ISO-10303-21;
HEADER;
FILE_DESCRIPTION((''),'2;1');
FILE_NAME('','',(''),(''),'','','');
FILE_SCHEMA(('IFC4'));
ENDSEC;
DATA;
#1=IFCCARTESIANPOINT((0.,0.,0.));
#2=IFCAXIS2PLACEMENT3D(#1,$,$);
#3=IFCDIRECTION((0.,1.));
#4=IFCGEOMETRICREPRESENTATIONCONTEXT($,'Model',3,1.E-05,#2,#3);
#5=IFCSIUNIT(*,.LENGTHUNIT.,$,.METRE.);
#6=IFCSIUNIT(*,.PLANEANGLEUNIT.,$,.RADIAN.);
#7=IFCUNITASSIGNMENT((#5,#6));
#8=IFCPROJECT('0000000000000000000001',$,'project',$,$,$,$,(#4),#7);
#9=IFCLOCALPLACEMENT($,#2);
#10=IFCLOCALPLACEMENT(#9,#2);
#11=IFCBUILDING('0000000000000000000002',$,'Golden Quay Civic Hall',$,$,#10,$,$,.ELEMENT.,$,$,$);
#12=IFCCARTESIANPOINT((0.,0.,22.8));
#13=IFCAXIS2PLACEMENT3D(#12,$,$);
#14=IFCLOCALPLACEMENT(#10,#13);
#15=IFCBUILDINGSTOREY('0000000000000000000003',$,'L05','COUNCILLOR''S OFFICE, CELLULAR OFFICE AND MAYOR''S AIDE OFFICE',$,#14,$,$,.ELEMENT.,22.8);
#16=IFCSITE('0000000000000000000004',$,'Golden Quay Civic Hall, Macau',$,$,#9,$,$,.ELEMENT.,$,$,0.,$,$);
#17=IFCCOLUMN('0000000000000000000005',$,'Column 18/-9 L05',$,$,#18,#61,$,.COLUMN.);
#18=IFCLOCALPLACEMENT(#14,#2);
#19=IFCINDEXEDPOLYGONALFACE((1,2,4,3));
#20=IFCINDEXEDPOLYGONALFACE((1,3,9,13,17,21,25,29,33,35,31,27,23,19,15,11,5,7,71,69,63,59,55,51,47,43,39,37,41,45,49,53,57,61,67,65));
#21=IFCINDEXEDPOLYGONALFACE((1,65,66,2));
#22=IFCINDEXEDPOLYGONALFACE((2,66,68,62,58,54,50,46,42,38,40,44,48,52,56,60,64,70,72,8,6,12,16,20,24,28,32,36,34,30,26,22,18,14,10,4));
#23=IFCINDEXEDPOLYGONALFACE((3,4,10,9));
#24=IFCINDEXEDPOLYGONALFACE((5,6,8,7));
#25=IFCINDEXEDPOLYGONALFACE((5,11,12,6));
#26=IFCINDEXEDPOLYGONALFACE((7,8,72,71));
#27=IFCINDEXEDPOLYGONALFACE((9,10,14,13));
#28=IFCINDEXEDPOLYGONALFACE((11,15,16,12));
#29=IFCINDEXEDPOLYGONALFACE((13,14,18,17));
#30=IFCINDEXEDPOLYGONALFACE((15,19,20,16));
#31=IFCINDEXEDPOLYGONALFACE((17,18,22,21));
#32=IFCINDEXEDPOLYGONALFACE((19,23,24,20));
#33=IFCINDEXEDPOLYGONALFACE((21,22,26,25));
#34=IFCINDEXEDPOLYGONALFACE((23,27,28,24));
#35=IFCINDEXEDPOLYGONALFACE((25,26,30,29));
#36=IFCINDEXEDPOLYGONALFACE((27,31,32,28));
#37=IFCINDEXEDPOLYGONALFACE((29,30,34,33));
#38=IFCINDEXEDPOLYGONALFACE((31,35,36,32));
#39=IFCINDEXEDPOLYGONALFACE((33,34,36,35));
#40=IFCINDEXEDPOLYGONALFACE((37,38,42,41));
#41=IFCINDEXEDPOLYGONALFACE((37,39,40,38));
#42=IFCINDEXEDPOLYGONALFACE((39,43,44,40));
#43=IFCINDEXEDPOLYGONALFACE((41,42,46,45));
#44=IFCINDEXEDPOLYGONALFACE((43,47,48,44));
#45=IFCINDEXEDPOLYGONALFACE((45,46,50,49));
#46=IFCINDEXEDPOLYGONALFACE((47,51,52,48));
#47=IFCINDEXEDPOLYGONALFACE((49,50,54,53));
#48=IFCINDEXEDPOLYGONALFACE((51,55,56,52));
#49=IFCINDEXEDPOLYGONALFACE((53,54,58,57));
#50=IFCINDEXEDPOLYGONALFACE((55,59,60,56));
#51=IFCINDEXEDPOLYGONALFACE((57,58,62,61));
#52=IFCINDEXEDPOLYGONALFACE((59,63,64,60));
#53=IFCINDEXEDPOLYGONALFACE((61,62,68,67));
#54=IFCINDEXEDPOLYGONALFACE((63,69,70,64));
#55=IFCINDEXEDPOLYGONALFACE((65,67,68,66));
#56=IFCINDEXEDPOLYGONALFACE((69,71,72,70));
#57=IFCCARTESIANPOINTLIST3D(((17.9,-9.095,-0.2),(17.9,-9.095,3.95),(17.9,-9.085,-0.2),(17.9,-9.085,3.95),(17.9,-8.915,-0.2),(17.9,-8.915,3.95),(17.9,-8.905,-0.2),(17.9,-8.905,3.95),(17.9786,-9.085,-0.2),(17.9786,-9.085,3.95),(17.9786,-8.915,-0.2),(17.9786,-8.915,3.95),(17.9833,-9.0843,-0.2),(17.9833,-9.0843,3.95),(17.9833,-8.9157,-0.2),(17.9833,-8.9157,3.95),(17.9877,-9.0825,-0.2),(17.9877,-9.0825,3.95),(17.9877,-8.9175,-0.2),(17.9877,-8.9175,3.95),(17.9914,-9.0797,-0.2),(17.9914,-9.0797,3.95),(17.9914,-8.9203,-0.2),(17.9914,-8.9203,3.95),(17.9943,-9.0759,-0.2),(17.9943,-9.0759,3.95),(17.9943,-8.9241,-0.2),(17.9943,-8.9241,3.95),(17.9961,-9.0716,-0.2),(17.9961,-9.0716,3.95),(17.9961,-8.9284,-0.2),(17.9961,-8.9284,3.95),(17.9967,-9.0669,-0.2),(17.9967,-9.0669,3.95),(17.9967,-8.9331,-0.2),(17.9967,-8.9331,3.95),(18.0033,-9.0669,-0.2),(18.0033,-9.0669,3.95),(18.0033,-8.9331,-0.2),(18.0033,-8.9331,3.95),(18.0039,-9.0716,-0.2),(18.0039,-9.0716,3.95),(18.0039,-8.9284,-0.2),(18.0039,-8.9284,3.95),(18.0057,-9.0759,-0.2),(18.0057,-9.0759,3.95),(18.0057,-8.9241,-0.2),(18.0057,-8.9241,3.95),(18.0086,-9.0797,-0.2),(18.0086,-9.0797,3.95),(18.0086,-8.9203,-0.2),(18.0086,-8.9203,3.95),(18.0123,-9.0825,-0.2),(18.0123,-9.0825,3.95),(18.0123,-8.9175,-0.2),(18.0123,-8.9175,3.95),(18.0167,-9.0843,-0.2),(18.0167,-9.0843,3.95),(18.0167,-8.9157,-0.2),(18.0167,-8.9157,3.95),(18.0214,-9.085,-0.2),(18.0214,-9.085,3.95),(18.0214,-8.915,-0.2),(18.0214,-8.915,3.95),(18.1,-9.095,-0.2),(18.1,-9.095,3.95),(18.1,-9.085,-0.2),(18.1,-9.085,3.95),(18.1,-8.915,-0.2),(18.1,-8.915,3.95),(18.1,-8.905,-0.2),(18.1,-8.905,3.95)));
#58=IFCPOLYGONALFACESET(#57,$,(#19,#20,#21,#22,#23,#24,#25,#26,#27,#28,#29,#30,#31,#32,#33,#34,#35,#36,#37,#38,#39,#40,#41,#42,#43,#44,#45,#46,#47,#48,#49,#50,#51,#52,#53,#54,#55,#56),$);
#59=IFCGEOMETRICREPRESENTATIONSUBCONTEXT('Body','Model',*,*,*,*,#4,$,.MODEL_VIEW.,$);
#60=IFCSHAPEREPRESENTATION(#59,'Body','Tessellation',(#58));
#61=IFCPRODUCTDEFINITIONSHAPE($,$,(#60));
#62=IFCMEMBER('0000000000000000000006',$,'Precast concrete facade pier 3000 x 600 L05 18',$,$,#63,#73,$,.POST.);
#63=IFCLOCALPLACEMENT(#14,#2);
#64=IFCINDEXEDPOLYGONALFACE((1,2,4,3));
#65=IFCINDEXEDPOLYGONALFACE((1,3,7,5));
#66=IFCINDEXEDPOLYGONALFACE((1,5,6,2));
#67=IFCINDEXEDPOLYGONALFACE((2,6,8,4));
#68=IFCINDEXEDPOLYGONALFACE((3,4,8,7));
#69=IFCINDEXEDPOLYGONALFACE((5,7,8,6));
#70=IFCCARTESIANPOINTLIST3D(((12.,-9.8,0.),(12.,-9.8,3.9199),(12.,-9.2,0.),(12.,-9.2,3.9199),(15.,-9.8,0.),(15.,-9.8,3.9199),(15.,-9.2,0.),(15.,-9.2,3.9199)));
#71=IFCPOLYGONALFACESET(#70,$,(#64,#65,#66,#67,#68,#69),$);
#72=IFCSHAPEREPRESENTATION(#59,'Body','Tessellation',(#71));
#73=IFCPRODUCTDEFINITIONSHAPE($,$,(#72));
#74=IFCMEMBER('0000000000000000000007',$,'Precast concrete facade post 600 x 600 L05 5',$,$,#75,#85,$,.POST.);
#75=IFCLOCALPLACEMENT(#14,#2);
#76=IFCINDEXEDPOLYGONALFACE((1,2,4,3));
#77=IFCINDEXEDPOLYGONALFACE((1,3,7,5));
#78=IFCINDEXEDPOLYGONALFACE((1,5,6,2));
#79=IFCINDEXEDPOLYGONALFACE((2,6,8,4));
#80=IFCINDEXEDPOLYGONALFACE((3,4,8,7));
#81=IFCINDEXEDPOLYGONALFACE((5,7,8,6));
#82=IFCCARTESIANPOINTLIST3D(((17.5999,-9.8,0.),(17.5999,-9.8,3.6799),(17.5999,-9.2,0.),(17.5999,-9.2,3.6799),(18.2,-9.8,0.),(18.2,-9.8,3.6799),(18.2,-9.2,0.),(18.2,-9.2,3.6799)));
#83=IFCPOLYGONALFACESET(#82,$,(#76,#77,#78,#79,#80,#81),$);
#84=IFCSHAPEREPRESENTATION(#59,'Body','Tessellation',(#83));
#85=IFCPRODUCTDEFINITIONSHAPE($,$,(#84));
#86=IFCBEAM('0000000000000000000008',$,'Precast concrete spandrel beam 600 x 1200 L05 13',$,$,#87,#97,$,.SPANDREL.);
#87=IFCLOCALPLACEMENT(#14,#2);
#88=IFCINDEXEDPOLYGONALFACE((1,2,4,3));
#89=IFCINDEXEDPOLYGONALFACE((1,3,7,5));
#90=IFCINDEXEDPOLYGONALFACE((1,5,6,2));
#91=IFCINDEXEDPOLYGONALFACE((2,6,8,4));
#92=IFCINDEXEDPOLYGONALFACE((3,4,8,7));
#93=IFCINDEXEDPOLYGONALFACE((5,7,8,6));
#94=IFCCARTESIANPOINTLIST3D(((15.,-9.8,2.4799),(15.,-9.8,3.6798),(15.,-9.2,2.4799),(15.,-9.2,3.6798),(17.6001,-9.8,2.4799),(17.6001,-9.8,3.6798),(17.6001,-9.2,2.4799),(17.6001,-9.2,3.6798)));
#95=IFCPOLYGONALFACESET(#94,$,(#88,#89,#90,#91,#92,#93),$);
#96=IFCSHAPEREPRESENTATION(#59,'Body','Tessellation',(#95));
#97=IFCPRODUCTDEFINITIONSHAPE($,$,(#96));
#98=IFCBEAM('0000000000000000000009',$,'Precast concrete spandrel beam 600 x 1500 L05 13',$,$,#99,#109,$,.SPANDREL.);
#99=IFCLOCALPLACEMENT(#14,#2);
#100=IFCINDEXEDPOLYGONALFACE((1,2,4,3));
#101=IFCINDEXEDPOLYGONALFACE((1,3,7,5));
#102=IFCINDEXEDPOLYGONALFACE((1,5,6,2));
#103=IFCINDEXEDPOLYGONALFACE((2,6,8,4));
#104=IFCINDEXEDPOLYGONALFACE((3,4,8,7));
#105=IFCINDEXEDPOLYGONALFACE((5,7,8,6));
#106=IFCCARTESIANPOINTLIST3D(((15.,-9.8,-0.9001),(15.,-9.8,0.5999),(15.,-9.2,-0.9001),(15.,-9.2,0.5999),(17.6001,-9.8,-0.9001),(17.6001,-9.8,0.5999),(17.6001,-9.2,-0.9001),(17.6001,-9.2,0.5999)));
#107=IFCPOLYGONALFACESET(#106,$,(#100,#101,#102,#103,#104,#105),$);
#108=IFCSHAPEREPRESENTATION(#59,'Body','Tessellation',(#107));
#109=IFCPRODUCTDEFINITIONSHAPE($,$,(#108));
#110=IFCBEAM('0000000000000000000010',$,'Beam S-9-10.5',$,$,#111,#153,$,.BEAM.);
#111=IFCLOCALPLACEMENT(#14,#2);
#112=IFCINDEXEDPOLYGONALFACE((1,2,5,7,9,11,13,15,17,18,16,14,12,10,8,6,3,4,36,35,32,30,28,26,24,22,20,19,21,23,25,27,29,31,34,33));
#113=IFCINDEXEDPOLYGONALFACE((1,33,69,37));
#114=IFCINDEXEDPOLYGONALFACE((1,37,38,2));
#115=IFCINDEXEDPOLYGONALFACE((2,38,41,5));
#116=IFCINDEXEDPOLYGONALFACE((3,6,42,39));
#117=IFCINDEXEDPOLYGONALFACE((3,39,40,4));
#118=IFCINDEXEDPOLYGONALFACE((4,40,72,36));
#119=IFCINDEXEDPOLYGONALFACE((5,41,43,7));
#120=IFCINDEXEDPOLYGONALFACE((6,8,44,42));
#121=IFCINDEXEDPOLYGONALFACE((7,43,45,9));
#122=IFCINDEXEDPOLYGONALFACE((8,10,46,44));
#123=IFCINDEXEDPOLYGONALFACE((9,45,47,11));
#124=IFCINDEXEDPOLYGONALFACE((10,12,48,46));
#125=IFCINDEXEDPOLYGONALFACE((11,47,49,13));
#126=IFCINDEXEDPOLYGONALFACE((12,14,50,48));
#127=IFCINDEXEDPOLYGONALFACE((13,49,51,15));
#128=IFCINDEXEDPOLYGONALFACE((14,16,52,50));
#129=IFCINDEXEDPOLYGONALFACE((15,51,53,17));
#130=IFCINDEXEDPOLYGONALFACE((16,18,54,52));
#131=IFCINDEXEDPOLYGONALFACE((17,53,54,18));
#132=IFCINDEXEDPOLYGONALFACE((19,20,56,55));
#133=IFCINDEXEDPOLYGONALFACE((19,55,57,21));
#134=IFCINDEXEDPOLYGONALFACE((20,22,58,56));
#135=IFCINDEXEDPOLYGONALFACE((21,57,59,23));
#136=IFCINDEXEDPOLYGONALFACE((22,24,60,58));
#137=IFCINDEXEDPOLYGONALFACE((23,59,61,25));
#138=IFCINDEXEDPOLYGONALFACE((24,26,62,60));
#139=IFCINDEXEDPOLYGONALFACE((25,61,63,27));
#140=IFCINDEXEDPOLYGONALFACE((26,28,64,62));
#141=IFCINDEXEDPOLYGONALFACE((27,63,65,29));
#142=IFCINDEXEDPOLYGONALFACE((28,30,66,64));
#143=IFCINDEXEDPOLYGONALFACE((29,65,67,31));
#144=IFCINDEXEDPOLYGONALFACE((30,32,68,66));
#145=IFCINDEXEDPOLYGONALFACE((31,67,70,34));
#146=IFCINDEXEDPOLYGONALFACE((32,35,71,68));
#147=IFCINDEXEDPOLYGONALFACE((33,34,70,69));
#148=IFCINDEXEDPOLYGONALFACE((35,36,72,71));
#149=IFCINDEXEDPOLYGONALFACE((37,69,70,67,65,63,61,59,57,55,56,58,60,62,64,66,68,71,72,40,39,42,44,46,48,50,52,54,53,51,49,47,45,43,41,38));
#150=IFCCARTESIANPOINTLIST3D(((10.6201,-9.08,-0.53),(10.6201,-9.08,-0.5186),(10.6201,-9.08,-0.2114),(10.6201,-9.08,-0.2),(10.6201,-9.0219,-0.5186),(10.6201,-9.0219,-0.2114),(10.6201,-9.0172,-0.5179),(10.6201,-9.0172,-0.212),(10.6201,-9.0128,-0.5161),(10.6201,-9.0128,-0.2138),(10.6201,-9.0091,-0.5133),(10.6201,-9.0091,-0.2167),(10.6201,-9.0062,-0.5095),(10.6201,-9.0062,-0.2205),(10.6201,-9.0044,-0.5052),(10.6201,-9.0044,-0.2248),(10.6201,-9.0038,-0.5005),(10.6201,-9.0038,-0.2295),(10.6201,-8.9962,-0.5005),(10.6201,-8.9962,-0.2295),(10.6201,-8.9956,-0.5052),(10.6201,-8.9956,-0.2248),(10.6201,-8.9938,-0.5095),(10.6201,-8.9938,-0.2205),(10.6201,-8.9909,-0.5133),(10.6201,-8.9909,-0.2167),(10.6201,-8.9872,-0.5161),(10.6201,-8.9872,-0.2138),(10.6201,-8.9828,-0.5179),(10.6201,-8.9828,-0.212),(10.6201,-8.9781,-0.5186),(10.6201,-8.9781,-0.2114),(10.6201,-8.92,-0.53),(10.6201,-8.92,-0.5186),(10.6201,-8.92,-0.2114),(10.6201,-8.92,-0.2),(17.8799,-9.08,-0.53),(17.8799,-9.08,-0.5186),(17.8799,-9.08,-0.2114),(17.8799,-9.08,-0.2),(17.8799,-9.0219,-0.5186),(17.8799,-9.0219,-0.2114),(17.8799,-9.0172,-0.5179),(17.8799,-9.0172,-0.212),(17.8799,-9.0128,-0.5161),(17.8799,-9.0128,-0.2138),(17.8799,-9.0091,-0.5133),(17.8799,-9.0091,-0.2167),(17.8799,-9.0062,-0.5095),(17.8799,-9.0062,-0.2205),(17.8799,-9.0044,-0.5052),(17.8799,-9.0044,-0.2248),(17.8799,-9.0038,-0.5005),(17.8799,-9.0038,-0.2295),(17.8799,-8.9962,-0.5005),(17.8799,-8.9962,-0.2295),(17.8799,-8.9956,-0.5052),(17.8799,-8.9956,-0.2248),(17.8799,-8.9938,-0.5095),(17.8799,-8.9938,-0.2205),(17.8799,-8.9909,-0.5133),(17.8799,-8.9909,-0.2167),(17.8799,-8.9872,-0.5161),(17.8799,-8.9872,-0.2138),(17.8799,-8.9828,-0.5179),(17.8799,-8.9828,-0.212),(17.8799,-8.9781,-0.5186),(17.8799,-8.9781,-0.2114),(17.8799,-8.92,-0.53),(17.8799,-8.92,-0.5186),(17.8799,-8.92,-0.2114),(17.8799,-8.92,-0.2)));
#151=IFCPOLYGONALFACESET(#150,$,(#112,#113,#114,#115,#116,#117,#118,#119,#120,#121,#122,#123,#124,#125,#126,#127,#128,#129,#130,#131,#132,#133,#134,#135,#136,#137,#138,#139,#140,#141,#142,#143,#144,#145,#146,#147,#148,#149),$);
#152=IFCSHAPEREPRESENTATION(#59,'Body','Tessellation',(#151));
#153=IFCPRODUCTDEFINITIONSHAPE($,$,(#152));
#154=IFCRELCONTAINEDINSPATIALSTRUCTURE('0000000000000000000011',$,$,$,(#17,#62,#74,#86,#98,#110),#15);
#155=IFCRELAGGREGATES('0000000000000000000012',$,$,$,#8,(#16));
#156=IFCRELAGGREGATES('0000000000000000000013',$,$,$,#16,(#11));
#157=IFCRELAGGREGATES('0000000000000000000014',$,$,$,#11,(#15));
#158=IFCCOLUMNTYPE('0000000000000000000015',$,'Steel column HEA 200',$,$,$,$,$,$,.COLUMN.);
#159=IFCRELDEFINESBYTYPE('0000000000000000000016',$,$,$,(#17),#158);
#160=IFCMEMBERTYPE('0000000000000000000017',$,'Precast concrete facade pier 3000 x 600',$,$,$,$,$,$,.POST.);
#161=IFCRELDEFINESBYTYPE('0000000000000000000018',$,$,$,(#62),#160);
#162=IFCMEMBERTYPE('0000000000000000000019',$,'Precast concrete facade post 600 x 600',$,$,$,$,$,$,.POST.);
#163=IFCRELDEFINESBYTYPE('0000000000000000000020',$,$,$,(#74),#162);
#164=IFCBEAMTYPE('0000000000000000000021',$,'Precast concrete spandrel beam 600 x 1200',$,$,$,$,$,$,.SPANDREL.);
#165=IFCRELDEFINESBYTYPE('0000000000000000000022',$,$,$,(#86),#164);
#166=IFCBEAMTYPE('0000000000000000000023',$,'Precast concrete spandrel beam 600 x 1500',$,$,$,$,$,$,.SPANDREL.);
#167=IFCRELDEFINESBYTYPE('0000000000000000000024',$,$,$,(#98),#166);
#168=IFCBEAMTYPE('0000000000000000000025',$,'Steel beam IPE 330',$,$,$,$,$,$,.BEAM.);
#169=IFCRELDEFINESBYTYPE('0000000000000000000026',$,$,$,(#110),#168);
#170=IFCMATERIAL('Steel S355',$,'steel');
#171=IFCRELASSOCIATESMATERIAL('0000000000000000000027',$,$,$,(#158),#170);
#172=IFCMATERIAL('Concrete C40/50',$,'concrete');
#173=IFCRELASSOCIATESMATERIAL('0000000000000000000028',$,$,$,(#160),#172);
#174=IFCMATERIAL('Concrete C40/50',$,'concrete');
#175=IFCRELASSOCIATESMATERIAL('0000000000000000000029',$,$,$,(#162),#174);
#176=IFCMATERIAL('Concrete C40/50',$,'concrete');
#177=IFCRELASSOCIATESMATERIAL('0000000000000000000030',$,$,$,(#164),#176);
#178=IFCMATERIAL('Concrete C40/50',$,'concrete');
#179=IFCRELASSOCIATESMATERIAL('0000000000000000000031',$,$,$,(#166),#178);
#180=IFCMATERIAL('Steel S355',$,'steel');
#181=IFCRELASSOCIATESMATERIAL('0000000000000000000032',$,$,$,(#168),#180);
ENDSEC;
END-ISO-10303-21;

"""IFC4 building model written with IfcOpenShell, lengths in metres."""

from ifc_helpers import new_model, si_unit, direction, frame, origin, origin_2d, place, context, subcontext, project, spatial, rectangle, i_section, extrude, material, material_profile, profile_set, type_object, element, save


model = new_model("IFC4")

# Units and contexts
model_context = context("Model", 3, precision=1e-05, world=origin(), true_north=direction((0.0, 1.0)))
body_context = subcontext(model_context, "Body", "Model", "MODEL_VIEW")
ifc_project = project(units=[si_unit("LENGTHUNIT", "METRE"), si_unit("PLANEANGLEUNIT", "RADIAN")], contexts=[model_context])

# Site, building, storey
site_placement = place(None, origin())
site = spatial("IfcSite", under=ifc_project, at=site_placement, Name="Golden Quay Civic Hall, Macau", CompositionType="ELEMENT", RefElevation=0.0)
building_placement = place(site_placement, origin())
building = spatial("IfcBuilding", under=site, at=building_placement, Name="Golden Quay Civic Hall", CompositionType="ELEMENT")
storey_placement = place(building_placement, frame((0.0, 0.0, 22.8)))
storey = spatial("IfcBuildingStorey", under=building, at=storey_placement, Name="L05", Description="COUNCILLOR'S OFFICE, CELLULAR OFFICE AND MAYOR'S AIDE OFFICE", CompositionType="ELEMENT", Elevation=22.8)

# Column
ifc_material_1 = material(Name="Steel S355", Category="steel")
ifc_material_profile_1 = material_profile(ifc_material_1, i_section(OverallWidth=0.2, OverallDepth=0.1899, WebThickness=0.0066, FlangeThickness=0.01, FilletRadius=0.0181, at=origin_2d()), Name="HEA 200")
ifc_profile_set_1 = profile_set([ifc_material_profile_1], Name="Steel S355")
column_type = type_object("IfcColumnType", Name="Steel column HEA 200", PredefinedType="COLUMN", material=ifc_profile_set_1)
column_placement = place(storey_placement, frame((18.0, -9.0, -0.2), z_axis=(0.0, 0.0, 1.0), x_axis=(1.0, 0.0, 0.0)))
element("IfcColumn", 1, at=column_placement, inside=storey, type_object=column_type, Name="Column 18/-9 L05", PredefinedType="COLUMN", context=body_context, shape_type="SweptSolid", body=[
    extrude(i_section(OverallWidth=0.2, OverallDepth=0.1899, WebThickness=0.0066, FlangeThickness=0.01, FilletRadius=0.0181, at=origin_2d()), origin(), (0.0, 0.0, 1.0), 4.1499),
])

# Members
ifc_material_2 = material(Name="Concrete C40/50", Category="concrete")
ifc_material_profile_2 = material_profile(ifc_material_2, rectangle(XDim=3.0, YDim=0.6001, at=origin_2d()), Name="RC 3000x600")
ifc_profile_set_2 = profile_set([ifc_material_profile_2], Name="Concrete C40/50")
member_type_1 = type_object("IfcMemberType", Name="Precast concrete facade pier 3000 x 600", PredefinedType="POST", material=ifc_profile_set_2)
member_1_placement = place(storey_placement, frame((13.5, -9.5, 0.0), z_axis=(0.0, 0.0, 1.0), x_axis=(1.0, 0.0, 0.0)))
element("IfcMember", 2, at=member_1_placement, inside=storey, type_object=member_type_1, Name="Precast concrete facade pier 3000 x 600 L05 18", PredefinedType="POST", context=body_context, shape_type="SweptSolid", body=[
    extrude(rectangle(XDim=3.0, YDim=0.6001, at=origin_2d()), origin(), (0.0, 0.0, 1.0), 3.9199),
])
ifc_material_3 = material(Name="Concrete C40/50", Category="concrete")
ifc_material_profile_3 = material_profile(ifc_material_3, rectangle(XDim=0.6001, YDim=0.6001, at=origin_2d()), Name="RC 600x600")
ifc_profile_set_3 = profile_set([ifc_material_profile_3], Name="Concrete C40/50")
member_type_2 = type_object("IfcMemberType", Name="Precast concrete facade post 600 x 600", PredefinedType="POST", material=ifc_profile_set_3)
member_2_placement = place(storey_placement, frame((17.8999, -9.5, 0.0), z_axis=(0.0, 0.0, 1.0), x_axis=(1.0, 0.0, 0.0)))
element("IfcMember", 3, at=member_2_placement, inside=storey, type_object=member_type_2, Name="Precast concrete facade post 600 x 600 L05 5", PredefinedType="POST", context=body_context, shape_type="SweptSolid", body=[
    extrude(rectangle(XDim=0.6001, YDim=0.6001, at=origin_2d()), origin(), (0.0, 0.0, 1.0), 3.6799),
])

# Beams
ifc_material_4 = material(Name="Concrete C40/50", Category="concrete")
ifc_material_profile_4 = material_profile(ifc_material_4, rectangle(XDim=0.6001, YDim=1.2, at=origin_2d()), Name="RC 600x1200")
ifc_profile_set_4 = profile_set([ifc_material_profile_4], Name="Concrete C40/50")
beam_type_1 = type_object("IfcBeamType", Name="Precast concrete spandrel beam 600 x 1200", PredefinedType="SPANDREL", material=ifc_profile_set_4)
beam_1_placement = place(storey_placement, frame((15.0, -9.5, 3.0798), z_axis=(1.0, 0.0, 0.0), x_axis=(0.0, 1.0, 0.0)))
element("IfcBeam", 4, at=beam_1_placement, inside=storey, type_object=beam_type_1, Name="Precast concrete spandrel beam 600 x 1200 L05 13", PredefinedType="SPANDREL", context=body_context, shape_type="SweptSolid", body=[
    extrude(rectangle(XDim=0.6001, YDim=1.2, at=origin_2d()), origin(), (0.0, 0.0, 1.0), 2.6001),
])
ifc_material_5 = material(Name="Concrete C40/50", Category="concrete")
ifc_material_profile_5 = material_profile(ifc_material_5, rectangle(XDim=0.6001, YDim=1.5, at=origin_2d()), Name="RC 600x1500")
ifc_profile_set_5 = profile_set([ifc_material_profile_5], Name="Concrete C40/50")
beam_type_2 = type_object("IfcBeamType", Name="Precast concrete spandrel beam 600 x 1500", PredefinedType="SPANDREL", material=ifc_profile_set_5)
beam_2_placement = place(storey_placement, frame((15.0, -9.5, -0.1501), z_axis=(1.0, 0.0, 0.0), x_axis=(0.0, 1.0, 0.0)))
element("IfcBeam", 5, at=beam_2_placement, inside=storey, type_object=beam_type_2, Name="Precast concrete spandrel beam 600 x 1500 L05 13", PredefinedType="SPANDREL", context=body_context, shape_type="SweptSolid", body=[
    extrude(rectangle(XDim=0.6001, YDim=1.5, at=origin_2d()), origin(), (0.0, 0.0, 1.0), 2.6001),
])
ifc_material_6 = material(Name="Steel S355", Category="steel")
ifc_material_profile_6 = material_profile(ifc_material_6, i_section(OverallWidth=0.1599, OverallDepth=0.3301, WebThickness=0.0076, FlangeThickness=0.0115, FilletRadius=0.0181, at=origin_2d()), Name="IPE 330")
ifc_profile_set_6 = profile_set([ifc_material_profile_6], Name="Steel S355")
beam_type_3 = type_object("IfcBeamType", Name="Steel beam IPE 330", PredefinedType="BEAM", material=ifc_profile_set_6)
beam_3_placement = place(storey_placement, frame((10.6201, -9.0, -0.365), z_axis=(1.0, 0.0, 0.0), x_axis=(0.0, 1.0, 0.0)))
element("IfcBeam", 6, at=beam_3_placement, inside=storey, type_object=beam_type_3, Name="Beam S-9-10.5", PredefinedType="BEAM", context=body_context, shape_type="SweptSolid", body=[
    extrude(i_section(OverallWidth=0.1599, OverallDepth=0.3301, WebThickness=0.0076, FlangeThickness=0.0115, FilletRadius=0.0181, at=origin_2d()), origin(), (0.0, 0.0, 1.0), 7.2598),
])

save(model, "model.ifc")
